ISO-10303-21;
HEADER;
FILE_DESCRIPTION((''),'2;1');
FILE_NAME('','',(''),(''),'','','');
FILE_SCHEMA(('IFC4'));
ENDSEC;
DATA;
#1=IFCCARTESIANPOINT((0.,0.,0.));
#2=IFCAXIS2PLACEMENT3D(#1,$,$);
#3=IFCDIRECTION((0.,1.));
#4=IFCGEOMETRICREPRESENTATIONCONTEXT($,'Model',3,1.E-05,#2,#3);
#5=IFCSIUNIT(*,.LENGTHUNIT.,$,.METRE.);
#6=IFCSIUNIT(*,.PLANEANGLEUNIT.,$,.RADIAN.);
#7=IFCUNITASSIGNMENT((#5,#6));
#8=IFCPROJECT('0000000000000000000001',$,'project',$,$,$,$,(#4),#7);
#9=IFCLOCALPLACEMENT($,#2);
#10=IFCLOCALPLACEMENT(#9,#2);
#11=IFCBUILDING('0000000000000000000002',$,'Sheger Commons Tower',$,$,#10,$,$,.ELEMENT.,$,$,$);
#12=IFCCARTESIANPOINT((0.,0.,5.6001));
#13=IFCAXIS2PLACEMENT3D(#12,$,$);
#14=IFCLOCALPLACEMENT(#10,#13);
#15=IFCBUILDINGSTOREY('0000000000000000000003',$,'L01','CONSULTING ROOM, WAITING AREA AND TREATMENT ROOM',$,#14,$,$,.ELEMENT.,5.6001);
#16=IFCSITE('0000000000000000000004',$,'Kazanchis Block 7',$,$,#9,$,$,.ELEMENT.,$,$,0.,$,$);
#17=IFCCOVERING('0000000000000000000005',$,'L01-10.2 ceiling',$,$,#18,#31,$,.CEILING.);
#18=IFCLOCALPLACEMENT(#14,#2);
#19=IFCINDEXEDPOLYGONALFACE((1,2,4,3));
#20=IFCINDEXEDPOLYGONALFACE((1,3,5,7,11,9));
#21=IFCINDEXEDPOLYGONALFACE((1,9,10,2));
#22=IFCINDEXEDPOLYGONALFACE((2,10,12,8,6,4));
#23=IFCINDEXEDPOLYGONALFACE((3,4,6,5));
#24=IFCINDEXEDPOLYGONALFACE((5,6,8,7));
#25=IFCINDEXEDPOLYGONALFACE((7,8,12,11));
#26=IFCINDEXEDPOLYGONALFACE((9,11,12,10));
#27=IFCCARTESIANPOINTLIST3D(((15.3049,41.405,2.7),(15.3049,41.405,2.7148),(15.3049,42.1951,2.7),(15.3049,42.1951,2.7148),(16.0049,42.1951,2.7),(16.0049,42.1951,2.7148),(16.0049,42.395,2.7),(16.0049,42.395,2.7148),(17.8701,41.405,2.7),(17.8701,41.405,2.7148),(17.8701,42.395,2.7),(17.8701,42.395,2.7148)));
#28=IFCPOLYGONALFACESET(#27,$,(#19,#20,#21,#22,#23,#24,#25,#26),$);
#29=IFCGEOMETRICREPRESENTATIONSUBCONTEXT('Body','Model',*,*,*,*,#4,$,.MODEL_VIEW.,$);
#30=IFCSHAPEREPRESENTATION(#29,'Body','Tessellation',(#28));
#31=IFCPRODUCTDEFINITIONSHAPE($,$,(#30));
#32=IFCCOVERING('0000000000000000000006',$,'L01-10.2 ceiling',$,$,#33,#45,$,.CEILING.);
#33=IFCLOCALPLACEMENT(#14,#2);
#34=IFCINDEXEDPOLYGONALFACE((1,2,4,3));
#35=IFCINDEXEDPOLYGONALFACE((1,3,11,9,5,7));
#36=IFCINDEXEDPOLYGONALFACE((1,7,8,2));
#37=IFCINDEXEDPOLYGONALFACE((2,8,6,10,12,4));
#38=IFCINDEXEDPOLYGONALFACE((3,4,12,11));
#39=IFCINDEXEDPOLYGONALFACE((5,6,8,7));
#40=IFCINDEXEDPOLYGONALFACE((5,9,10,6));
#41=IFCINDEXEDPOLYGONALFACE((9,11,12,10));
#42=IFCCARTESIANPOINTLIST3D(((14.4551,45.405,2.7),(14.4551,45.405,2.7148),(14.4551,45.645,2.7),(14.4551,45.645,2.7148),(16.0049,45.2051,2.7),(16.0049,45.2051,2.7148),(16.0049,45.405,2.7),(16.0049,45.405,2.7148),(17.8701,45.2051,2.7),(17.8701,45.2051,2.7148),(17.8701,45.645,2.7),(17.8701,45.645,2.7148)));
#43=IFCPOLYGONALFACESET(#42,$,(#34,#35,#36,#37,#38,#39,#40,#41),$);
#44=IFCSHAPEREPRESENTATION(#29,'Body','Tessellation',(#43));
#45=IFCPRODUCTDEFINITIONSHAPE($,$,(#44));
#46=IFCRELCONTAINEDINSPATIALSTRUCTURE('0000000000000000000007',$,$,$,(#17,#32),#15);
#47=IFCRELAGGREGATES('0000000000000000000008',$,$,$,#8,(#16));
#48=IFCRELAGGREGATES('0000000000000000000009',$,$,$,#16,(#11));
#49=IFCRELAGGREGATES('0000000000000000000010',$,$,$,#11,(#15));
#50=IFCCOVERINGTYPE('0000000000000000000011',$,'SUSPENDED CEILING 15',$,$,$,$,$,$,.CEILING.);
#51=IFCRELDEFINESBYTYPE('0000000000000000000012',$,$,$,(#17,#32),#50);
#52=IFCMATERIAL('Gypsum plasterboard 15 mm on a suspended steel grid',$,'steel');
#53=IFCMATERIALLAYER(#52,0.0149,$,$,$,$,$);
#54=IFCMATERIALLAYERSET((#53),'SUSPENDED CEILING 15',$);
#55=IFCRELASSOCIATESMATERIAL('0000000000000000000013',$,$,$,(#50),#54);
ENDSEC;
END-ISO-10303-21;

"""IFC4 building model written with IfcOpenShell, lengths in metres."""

from ifc_helpers import new_model, si_unit, direction, frame, origin, place, context, subcontext, project, spatial, polyline, outline, extrude, material, layer, layer_set, type_object, element, save


model = new_model("IFC4")

# Units and contexts
model_context = context("Model", 3, precision=1e-05, world=origin(), true_north=direction((0.0, 1.0)))
body_context = subcontext(model_context, "Body", "Model", "MODEL_VIEW")
ifc_project = project(units=[si_unit("LENGTHUNIT", "METRE"), si_unit("PLANEANGLEUNIT", "RADIAN")], contexts=[model_context])

# Site, building, storey
site_placement = place(None, origin())
site = spatial("IfcSite", under=ifc_project, at=site_placement, Name="Kazanchis Block 7", CompositionType="ELEMENT", RefElevation=0.0)
building_placement = place(site_placement, origin())
building = spatial("IfcBuilding", under=site, at=building_placement, Name="Sheger Commons Tower", CompositionType="ELEMENT")
storey_placement = place(building_placement, frame((0.0, 0.0, 5.6001)))
storey = spatial("IfcBuildingStorey", under=building, at=storey_placement, Name="L01", Description="CONSULTING ROOM, WAITING AREA AND TREATMENT ROOM", CompositionType="ELEMENT", Elevation=5.6001)

# Coverings
ifc_material_1 = material(Name="Gypsum plasterboard 15 mm on a suspended steel grid", Category="steel")
ifc_layer_1 = layer(ifc_material_1, 0.0149)
ifc_layer_set_1 = layer_set([ifc_layer_1], Name="SUSPENDED CEILING 15")
covering_type_1 = type_object("IfcCoveringType", Name="SUSPENDED CEILING 15", PredefinedType="CEILING", material=ifc_layer_set_1)
covering_1_placement = place(storey_placement, frame((0.0, 0.0, 2.7)))
element("IfcCovering", 1, at=covering_1_placement, inside=storey, type_object=covering_type_1, Name="L01-10.2 ceiling", PredefinedType="CEILING", context=body_context, shape_type="SweptSolid", body=[
    extrude(outline(polyline([(15.3049, 41.405), (17.8701, 41.405), (17.8701, 42.395), (16.0049, 42.395), (16.0049, 42.1951), (15.3049, 42.1951), (15.3049, 41.405)])), origin(), (0.0, 0.0, 1.0), 0.0149),
])
covering_2_placement = place(storey_placement, frame((0.0, 0.0, 2.7)))
element("IfcCovering", 2, at=covering_2_placement, inside=storey, type_object=covering_type_1, Name="L01-10.2 ceiling", PredefinedType="CEILING", context=body_context, shape_type="SweptSolid", body=[
    extrude(outline(polyline([(16.0049, 45.2051), (17.8701, 45.2051), (17.8701, 45.645), (14.4551, 45.645), (14.4551, 45.405), (16.0049, 45.405), (16.0049, 45.2051)])), origin(), (0.0, 0.0, 1.0), 0.0149),
])

save(model, "model.ifc")
